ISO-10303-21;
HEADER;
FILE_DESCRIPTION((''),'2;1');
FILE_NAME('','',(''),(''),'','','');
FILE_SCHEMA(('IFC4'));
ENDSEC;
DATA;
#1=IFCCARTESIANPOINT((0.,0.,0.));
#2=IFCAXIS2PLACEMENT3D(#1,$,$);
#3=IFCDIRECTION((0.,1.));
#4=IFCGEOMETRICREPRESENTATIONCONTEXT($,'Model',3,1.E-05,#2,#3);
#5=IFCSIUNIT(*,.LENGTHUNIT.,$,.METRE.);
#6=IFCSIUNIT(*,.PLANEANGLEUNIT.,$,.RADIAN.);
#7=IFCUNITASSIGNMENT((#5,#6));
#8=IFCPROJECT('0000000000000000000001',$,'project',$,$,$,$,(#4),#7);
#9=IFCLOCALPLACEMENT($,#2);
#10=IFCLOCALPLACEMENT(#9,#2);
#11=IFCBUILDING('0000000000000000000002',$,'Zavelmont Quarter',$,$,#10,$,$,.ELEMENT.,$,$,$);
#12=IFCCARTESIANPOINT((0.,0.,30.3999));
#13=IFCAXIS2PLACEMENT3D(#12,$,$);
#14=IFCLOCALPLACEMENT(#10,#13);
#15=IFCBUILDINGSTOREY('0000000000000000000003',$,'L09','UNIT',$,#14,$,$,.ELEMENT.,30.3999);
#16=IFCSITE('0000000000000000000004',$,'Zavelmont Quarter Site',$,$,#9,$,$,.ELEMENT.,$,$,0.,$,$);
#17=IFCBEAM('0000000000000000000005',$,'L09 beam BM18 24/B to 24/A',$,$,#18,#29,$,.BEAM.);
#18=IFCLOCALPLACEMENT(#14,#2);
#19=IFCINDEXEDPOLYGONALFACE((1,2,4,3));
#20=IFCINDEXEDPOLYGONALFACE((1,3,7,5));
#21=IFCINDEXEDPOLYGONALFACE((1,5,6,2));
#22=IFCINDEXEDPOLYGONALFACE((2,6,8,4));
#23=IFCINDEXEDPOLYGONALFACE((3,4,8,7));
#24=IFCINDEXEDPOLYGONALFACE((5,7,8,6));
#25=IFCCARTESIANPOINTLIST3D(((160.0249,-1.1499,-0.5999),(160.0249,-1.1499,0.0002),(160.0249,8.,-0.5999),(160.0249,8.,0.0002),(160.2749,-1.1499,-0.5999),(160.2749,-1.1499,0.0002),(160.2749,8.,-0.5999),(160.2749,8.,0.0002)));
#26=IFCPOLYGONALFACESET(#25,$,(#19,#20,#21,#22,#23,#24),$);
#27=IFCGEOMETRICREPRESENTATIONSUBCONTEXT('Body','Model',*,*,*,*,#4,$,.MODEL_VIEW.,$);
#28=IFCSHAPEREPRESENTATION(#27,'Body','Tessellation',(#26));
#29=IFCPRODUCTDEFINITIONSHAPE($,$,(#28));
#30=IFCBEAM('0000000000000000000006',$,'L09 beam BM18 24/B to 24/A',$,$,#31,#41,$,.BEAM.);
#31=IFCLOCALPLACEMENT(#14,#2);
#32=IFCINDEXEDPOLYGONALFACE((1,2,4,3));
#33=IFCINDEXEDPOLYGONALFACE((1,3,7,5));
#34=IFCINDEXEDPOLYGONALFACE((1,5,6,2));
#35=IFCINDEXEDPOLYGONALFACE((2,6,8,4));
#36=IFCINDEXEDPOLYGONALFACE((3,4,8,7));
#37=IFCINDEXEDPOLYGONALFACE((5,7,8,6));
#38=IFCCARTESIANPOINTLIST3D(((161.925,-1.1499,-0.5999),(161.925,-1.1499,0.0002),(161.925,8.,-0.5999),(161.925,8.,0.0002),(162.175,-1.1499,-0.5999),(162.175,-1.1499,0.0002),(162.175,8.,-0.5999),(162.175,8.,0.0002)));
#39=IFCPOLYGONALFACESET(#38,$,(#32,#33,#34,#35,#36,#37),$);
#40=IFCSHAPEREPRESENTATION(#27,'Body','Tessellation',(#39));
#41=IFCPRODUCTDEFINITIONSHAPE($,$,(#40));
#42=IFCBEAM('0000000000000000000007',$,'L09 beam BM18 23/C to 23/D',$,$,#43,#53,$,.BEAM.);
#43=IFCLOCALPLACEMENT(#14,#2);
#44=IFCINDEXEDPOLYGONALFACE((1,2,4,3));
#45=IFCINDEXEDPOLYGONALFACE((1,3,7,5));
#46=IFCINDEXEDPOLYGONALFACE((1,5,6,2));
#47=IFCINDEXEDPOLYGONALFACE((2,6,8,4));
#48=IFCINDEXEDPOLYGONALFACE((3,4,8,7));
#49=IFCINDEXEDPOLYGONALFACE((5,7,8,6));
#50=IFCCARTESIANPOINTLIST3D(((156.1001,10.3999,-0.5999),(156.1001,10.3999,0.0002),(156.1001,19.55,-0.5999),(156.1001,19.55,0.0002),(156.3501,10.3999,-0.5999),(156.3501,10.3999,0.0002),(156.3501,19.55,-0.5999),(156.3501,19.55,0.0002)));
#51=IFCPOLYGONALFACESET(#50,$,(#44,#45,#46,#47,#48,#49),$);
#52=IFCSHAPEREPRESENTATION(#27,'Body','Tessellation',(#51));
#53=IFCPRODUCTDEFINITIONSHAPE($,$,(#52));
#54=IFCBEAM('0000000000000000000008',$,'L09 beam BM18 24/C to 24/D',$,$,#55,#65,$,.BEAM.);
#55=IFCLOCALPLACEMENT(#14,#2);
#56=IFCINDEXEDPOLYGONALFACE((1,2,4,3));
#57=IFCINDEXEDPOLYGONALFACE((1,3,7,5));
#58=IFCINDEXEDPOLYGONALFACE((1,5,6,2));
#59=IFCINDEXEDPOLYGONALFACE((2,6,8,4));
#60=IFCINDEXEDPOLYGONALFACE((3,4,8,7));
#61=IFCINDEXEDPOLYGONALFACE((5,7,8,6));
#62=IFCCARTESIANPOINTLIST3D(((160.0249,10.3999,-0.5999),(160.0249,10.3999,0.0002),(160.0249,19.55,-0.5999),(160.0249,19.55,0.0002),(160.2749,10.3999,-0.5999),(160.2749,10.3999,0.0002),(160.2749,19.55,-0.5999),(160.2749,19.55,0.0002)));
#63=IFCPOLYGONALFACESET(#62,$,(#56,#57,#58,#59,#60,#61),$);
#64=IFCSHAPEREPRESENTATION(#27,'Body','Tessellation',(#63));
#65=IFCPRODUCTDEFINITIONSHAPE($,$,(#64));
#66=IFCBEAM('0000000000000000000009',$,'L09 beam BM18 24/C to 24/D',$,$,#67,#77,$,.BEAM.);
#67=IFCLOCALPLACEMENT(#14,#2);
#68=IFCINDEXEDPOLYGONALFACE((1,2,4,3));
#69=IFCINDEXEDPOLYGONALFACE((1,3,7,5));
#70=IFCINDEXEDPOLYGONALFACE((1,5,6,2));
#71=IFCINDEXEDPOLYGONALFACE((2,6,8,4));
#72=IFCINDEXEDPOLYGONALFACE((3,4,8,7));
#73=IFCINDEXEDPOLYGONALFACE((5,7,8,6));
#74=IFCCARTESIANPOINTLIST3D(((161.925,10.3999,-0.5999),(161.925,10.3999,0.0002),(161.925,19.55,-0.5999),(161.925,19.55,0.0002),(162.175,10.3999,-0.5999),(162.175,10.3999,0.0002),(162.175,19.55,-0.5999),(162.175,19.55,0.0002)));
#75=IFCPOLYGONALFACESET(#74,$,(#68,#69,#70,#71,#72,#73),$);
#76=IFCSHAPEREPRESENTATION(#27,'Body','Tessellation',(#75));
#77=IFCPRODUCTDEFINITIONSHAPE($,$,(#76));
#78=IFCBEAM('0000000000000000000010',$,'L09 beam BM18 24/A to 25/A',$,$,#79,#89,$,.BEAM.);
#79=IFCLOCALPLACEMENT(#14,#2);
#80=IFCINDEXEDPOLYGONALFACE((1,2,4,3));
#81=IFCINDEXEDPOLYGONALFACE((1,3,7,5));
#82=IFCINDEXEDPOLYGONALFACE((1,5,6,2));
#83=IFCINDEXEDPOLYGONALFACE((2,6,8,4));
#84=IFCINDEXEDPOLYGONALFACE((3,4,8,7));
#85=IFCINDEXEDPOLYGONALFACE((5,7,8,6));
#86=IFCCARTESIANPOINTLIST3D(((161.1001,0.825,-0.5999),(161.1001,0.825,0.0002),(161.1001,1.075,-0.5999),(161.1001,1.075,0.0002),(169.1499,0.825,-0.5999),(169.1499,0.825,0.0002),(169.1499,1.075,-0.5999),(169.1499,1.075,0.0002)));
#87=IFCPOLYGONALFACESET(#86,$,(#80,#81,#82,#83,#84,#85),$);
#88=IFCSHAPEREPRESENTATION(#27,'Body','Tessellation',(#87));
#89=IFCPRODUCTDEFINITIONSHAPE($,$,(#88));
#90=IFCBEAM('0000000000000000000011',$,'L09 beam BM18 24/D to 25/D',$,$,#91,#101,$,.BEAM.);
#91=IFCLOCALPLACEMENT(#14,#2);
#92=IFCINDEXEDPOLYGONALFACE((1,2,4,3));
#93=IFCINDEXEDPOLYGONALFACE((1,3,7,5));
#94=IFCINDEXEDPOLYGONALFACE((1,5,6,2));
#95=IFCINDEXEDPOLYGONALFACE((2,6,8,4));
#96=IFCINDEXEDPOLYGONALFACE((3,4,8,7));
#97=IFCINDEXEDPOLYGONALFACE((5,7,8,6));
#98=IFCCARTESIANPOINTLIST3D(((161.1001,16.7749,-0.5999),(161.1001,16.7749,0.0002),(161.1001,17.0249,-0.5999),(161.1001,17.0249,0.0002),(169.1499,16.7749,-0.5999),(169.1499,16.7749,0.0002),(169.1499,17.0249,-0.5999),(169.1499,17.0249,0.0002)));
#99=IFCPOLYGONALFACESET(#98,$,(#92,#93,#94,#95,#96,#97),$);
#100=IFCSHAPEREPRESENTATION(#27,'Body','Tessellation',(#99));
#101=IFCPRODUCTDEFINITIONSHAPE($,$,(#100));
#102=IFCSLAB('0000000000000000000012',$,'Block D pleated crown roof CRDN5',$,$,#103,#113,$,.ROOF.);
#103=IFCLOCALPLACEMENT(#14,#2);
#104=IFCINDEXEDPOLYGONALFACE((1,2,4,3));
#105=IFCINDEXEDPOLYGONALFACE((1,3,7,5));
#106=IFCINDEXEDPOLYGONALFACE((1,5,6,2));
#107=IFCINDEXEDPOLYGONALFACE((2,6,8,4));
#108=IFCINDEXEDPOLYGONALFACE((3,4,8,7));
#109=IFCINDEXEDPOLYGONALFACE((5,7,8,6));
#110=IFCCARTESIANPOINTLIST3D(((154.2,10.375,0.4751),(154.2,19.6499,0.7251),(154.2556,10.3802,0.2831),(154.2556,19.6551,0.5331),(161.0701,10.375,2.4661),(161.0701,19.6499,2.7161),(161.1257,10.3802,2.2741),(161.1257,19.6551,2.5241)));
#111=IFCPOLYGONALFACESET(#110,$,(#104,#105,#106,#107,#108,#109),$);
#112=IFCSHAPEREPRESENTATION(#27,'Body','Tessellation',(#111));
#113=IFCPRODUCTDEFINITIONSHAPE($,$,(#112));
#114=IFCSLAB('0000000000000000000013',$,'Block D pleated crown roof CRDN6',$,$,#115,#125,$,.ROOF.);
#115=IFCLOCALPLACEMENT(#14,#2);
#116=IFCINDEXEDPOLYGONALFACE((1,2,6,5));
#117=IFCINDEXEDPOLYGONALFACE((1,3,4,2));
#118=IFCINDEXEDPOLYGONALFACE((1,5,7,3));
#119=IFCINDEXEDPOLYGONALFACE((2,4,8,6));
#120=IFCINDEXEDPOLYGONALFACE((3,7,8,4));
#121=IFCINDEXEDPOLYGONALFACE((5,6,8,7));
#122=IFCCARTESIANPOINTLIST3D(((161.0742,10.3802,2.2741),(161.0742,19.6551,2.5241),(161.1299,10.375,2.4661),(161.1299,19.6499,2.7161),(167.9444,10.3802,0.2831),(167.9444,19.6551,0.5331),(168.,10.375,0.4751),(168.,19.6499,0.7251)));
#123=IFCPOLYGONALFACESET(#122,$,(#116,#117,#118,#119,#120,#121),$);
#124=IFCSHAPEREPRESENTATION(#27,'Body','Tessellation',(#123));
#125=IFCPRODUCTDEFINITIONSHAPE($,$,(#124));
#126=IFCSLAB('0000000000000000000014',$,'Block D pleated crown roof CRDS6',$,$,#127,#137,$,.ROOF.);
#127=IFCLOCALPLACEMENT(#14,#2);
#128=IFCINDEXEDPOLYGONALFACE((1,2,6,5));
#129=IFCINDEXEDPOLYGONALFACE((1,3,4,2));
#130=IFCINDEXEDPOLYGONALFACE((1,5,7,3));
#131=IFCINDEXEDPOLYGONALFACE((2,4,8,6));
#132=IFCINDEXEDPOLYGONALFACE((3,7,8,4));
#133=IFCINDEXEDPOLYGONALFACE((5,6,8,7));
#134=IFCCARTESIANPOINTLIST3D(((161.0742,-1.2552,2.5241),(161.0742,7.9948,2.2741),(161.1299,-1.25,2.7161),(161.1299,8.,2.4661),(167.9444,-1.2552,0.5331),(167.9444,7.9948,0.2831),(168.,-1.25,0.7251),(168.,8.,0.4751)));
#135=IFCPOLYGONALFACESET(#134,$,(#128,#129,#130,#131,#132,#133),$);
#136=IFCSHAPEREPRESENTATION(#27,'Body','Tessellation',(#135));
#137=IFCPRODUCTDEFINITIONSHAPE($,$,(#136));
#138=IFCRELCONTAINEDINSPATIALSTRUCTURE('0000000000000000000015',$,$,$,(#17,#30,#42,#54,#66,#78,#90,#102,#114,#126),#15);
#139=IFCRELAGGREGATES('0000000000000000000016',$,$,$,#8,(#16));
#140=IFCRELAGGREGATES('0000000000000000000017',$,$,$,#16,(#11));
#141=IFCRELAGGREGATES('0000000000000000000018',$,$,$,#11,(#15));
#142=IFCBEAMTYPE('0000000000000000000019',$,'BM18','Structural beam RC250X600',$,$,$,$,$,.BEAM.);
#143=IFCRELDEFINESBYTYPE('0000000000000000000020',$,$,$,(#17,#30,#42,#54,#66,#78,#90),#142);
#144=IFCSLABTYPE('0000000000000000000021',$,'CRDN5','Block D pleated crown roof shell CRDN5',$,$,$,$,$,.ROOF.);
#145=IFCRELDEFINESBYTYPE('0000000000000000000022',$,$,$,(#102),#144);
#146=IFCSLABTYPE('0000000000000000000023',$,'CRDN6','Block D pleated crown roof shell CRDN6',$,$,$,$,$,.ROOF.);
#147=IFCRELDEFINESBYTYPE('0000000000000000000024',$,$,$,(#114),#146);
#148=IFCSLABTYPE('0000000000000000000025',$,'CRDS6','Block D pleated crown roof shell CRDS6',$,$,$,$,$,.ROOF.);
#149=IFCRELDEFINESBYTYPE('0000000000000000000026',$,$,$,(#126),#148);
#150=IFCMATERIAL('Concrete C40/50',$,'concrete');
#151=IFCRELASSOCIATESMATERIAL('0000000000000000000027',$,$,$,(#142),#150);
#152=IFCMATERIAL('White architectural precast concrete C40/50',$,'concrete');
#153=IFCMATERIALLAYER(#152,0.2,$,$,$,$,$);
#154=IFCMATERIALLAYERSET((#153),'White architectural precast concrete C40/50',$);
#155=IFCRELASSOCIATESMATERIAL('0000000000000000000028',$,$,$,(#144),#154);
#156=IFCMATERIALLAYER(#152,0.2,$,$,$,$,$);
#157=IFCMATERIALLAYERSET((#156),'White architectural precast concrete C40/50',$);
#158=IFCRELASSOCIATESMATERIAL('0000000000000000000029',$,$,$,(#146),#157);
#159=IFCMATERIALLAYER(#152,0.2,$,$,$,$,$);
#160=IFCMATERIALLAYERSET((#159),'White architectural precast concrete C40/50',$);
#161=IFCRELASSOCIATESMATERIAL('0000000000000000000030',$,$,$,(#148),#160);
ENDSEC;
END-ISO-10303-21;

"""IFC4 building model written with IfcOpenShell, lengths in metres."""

from ifc_helpers import new_model, si_unit, direction, frame, origin, origin_2d, place, context, subcontext, project, spatial, polyline, rectangle, outline, extrude, material, layer, layer_set, material_profile, profile_set, type_object, element, save


model = new_model("IFC4")

# Units and contexts
model_context = context("Model", 3, precision=1e-05, world=origin(), true_north=direction((0.0, 1.0)))
body_context = subcontext(model_context, "Body", "Model", "MODEL_VIEW")
ifc_project = project(units=[si_unit("LENGTHUNIT", "METRE"), si_unit("PLANEANGLEUNIT", "RADIAN")], contexts=[model_context])

# Site, building, storey
site_placement = place(None, origin())
site = spatial("IfcSite", under=ifc_project, at=site_placement, Name="Zavelmont Quarter Site", CompositionType="ELEMENT", RefElevation=0.0)
building_placement = place(site_placement, origin())
building = spatial("IfcBuilding", under=site, at=building_placement, Name="Zavelmont Quarter", CompositionType="ELEMENT")
storey_placement = place(building_placement, frame((0.0, 0.0, 30.3999)))
storey = spatial("IfcBuildingStorey", under=building, at=storey_placement, Name="L09", Description="UNIT", CompositionType="ELEMENT", Elevation=30.3999)

# Beams
ifc_material_1 = material(Name="Concrete C40/50", Category="concrete")
ifc_material_profile_1 = material_profile(ifc_material_1, rectangle(XDim=0.25, YDim=0.6001, at=origin_2d()), Name="RC250X600")
ifc_profile_set_1 = profile_set([ifc_material_profile_1], Name="Concrete C40/50")
beam_type_1 = type_object("IfcBeamType", Name="BM18", Description="Structural beam RC250X600", PredefinedType="BEAM", material=ifc_profile_set_1)
for number, where, z_axis, x_axis, name in (
    (1, (160.1499, 8.0, -0.2998), (0.0, -1.0, 0.0), (1.0, 0.0, 0.0), "L09 beam BM18 24/B to 24/A"),
    (2, (162.05, 8.0, -0.2998), (0.0, -1.0, 0.0), (1.0, 0.0, 0.0), "L09 beam BM18 24/B to 24/A"),
):
    element("IfcBeam", number, at=place(storey_placement, frame(where, z_axis=z_axis, x_axis=x_axis)), inside=storey, type_object=beam_type_1, Name=name, PredefinedType="BEAM", context=body_context, shape_type="SweptSolid", body=[
        extrude(rectangle(XDim=0.25, YDim=0.6001, at=origin_2d()), origin(), (0.0, 0.0, 1.0), 9.1499),
    ])
for number, where, z_axis, x_axis, name in (
    (3, (156.2251, 10.3999, -0.2998), (0.0, 1.0, 0.0), (-1.0, 0.0, 0.0), "L09 beam BM18 23/C to 23/D"),
    (4, (160.1499, 10.3999, -0.2998), (0.0, 1.0, 0.0), (-1.0, 0.0, 0.0), "L09 beam BM18 24/C to 24/D"),
    (5, (162.05, 10.3999, -0.2998), (0.0, 1.0, 0.0), (-1.0, 0.0, 0.0), "L09 beam BM18 24/C to 24/D"),
):
    element("IfcBeam", number, at=place(storey_placement, frame(where, z_axis=z_axis, x_axis=x_axis)), inside=storey, type_object=beam_type_1, Name=name, PredefinedType="BEAM", context=body_context, shape_type="SweptSolid", body=[
        extrude(rectangle(XDim=0.25, YDim=0.6001, at=origin_2d()), origin(), (0.0, 0.0, 1.0), 9.1501),
    ])
for number, where, z_axis, x_axis, name in (
    (6, (161.1001, 0.95, -0.2998), (1.0, 0.0, 0.0), (0.0, 1.0, 0.0), "L09 beam BM18 24/A to 25/A"),
    (7, (161.1001, 16.8999, -0.2998), (1.0, 0.0, 0.0), (0.0, 1.0, 0.0), "L09 beam BM18 24/D to 25/D"),
):
    element("IfcBeam", number, at=place(storey_placement, frame(where, z_axis=z_axis, x_axis=x_axis)), inside=storey, type_object=beam_type_1, Name=name, PredefinedType="BEAM", context=body_context, shape_type="SweptSolid", body=[
        extrude(rectangle(XDim=0.25, YDim=0.6001, at=origin_2d()), origin(), (0.0, 0.0, 1.0), 8.0498),
    ])

# Slabs
ifc_material_2 = material(Name="White architectural precast concrete C40/50", Category="concrete")
ifc_layer_1 = layer(ifc_material_2, 0.2)
ifc_layer_set_1 = layer_set([ifc_layer_1], Name="White architectural precast concrete C40/50")
slab_type_1 = type_object("IfcSlabType", Name="CRDN5", Description="Block D pleated crown roof shell CRDN5", PredefinedType="ROOF", material=ifc_layer_set_1)
slab_1_placement = place(storey_placement, frame((154.2, 10.375, 0.4751), z_axis=(-0.278255, -0.025881, 0.960159), x_axis=(0.96048, 0.0, 0.278348)))
element("IfcSlab", 8, at=slab_1_placement, inside=storey, type_object=slab_type_1, Name="Block D pleated crown roof CRDN5", PredefinedType="ROOF", context=body_context, shape_type="SweptSolid", body=[
    extrude(outline(polyline([(0.0, 0.0), (7.1528, 0.0), (7.2224, 9.278), (0.0696, 9.278), (0.0, 0.0)])), origin(), (0.0, 0.0, -1.0), 0.2),
])
ifc_layer_2 = layer(ifc_material_2, 0.2)
ifc_layer_set_2 = layer_set([ifc_layer_2], Name="White architectural precast concrete C40/50")
slab_type_2 = type_object("IfcSlabType", Name="CRDN6", Description="Block D pleated crown roof shell CRDN6", PredefinedType="ROOF", material=ifc_layer_set_2)
slab_2_placement = place(storey_placement, frame((161.1299, 10.375, 2.4661), z_axis=(0.278255, -0.025881, 0.960159), x_axis=(0.96048, 0.0, -0.278348)))
element("IfcSlab", 9, at=slab_2_placement, inside=storey, type_object=slab_type_2, Name="Block D pleated crown roof CRDN6", PredefinedType="ROOF", context=body_context, shape_type="SweptSolid", body=[
    extrude(outline(polyline([(0.0, 0.0), (7.1528, 0.0), (7.0832, 9.278), (-0.0696, 9.278), (0.0, 0.0)])), origin(), (0.0, 0.0, -1.0), 0.2),
])
ifc_layer_3 = layer(ifc_material_2, 0.2)
ifc_layer_set_3 = layer_set([ifc_layer_3], Name="White architectural precast concrete C40/50")
slab_type_3 = type_object("IfcSlabType", Name="CRDS6", Description="Block D pleated crown roof shell CRDS6", PredefinedType="ROOF", material=ifc_layer_set_3)
slab_3_placement = place(storey_placement, frame((161.1299, -1.25, 2.7161), z_axis=(0.278254, 0.02595, 0.960157), x_axis=(0.96048, 0.0, -0.278348)))
element("IfcSlab", 10, at=slab_3_placement, inside=storey, type_object=slab_type_3, Name="Block D pleated crown roof CRDS6", PredefinedType="ROOF", context=body_context, shape_type="SweptSolid", body=[
    extrude(outline(polyline([(0.0, 0.0), (7.1528, 0.0), (7.2224, 9.2531), (0.0696, 9.2531), (0.0, 0.0)])), origin(), (0.0, 0.0, -1.0), 0.2),
])

save(model, "model.ifc")
